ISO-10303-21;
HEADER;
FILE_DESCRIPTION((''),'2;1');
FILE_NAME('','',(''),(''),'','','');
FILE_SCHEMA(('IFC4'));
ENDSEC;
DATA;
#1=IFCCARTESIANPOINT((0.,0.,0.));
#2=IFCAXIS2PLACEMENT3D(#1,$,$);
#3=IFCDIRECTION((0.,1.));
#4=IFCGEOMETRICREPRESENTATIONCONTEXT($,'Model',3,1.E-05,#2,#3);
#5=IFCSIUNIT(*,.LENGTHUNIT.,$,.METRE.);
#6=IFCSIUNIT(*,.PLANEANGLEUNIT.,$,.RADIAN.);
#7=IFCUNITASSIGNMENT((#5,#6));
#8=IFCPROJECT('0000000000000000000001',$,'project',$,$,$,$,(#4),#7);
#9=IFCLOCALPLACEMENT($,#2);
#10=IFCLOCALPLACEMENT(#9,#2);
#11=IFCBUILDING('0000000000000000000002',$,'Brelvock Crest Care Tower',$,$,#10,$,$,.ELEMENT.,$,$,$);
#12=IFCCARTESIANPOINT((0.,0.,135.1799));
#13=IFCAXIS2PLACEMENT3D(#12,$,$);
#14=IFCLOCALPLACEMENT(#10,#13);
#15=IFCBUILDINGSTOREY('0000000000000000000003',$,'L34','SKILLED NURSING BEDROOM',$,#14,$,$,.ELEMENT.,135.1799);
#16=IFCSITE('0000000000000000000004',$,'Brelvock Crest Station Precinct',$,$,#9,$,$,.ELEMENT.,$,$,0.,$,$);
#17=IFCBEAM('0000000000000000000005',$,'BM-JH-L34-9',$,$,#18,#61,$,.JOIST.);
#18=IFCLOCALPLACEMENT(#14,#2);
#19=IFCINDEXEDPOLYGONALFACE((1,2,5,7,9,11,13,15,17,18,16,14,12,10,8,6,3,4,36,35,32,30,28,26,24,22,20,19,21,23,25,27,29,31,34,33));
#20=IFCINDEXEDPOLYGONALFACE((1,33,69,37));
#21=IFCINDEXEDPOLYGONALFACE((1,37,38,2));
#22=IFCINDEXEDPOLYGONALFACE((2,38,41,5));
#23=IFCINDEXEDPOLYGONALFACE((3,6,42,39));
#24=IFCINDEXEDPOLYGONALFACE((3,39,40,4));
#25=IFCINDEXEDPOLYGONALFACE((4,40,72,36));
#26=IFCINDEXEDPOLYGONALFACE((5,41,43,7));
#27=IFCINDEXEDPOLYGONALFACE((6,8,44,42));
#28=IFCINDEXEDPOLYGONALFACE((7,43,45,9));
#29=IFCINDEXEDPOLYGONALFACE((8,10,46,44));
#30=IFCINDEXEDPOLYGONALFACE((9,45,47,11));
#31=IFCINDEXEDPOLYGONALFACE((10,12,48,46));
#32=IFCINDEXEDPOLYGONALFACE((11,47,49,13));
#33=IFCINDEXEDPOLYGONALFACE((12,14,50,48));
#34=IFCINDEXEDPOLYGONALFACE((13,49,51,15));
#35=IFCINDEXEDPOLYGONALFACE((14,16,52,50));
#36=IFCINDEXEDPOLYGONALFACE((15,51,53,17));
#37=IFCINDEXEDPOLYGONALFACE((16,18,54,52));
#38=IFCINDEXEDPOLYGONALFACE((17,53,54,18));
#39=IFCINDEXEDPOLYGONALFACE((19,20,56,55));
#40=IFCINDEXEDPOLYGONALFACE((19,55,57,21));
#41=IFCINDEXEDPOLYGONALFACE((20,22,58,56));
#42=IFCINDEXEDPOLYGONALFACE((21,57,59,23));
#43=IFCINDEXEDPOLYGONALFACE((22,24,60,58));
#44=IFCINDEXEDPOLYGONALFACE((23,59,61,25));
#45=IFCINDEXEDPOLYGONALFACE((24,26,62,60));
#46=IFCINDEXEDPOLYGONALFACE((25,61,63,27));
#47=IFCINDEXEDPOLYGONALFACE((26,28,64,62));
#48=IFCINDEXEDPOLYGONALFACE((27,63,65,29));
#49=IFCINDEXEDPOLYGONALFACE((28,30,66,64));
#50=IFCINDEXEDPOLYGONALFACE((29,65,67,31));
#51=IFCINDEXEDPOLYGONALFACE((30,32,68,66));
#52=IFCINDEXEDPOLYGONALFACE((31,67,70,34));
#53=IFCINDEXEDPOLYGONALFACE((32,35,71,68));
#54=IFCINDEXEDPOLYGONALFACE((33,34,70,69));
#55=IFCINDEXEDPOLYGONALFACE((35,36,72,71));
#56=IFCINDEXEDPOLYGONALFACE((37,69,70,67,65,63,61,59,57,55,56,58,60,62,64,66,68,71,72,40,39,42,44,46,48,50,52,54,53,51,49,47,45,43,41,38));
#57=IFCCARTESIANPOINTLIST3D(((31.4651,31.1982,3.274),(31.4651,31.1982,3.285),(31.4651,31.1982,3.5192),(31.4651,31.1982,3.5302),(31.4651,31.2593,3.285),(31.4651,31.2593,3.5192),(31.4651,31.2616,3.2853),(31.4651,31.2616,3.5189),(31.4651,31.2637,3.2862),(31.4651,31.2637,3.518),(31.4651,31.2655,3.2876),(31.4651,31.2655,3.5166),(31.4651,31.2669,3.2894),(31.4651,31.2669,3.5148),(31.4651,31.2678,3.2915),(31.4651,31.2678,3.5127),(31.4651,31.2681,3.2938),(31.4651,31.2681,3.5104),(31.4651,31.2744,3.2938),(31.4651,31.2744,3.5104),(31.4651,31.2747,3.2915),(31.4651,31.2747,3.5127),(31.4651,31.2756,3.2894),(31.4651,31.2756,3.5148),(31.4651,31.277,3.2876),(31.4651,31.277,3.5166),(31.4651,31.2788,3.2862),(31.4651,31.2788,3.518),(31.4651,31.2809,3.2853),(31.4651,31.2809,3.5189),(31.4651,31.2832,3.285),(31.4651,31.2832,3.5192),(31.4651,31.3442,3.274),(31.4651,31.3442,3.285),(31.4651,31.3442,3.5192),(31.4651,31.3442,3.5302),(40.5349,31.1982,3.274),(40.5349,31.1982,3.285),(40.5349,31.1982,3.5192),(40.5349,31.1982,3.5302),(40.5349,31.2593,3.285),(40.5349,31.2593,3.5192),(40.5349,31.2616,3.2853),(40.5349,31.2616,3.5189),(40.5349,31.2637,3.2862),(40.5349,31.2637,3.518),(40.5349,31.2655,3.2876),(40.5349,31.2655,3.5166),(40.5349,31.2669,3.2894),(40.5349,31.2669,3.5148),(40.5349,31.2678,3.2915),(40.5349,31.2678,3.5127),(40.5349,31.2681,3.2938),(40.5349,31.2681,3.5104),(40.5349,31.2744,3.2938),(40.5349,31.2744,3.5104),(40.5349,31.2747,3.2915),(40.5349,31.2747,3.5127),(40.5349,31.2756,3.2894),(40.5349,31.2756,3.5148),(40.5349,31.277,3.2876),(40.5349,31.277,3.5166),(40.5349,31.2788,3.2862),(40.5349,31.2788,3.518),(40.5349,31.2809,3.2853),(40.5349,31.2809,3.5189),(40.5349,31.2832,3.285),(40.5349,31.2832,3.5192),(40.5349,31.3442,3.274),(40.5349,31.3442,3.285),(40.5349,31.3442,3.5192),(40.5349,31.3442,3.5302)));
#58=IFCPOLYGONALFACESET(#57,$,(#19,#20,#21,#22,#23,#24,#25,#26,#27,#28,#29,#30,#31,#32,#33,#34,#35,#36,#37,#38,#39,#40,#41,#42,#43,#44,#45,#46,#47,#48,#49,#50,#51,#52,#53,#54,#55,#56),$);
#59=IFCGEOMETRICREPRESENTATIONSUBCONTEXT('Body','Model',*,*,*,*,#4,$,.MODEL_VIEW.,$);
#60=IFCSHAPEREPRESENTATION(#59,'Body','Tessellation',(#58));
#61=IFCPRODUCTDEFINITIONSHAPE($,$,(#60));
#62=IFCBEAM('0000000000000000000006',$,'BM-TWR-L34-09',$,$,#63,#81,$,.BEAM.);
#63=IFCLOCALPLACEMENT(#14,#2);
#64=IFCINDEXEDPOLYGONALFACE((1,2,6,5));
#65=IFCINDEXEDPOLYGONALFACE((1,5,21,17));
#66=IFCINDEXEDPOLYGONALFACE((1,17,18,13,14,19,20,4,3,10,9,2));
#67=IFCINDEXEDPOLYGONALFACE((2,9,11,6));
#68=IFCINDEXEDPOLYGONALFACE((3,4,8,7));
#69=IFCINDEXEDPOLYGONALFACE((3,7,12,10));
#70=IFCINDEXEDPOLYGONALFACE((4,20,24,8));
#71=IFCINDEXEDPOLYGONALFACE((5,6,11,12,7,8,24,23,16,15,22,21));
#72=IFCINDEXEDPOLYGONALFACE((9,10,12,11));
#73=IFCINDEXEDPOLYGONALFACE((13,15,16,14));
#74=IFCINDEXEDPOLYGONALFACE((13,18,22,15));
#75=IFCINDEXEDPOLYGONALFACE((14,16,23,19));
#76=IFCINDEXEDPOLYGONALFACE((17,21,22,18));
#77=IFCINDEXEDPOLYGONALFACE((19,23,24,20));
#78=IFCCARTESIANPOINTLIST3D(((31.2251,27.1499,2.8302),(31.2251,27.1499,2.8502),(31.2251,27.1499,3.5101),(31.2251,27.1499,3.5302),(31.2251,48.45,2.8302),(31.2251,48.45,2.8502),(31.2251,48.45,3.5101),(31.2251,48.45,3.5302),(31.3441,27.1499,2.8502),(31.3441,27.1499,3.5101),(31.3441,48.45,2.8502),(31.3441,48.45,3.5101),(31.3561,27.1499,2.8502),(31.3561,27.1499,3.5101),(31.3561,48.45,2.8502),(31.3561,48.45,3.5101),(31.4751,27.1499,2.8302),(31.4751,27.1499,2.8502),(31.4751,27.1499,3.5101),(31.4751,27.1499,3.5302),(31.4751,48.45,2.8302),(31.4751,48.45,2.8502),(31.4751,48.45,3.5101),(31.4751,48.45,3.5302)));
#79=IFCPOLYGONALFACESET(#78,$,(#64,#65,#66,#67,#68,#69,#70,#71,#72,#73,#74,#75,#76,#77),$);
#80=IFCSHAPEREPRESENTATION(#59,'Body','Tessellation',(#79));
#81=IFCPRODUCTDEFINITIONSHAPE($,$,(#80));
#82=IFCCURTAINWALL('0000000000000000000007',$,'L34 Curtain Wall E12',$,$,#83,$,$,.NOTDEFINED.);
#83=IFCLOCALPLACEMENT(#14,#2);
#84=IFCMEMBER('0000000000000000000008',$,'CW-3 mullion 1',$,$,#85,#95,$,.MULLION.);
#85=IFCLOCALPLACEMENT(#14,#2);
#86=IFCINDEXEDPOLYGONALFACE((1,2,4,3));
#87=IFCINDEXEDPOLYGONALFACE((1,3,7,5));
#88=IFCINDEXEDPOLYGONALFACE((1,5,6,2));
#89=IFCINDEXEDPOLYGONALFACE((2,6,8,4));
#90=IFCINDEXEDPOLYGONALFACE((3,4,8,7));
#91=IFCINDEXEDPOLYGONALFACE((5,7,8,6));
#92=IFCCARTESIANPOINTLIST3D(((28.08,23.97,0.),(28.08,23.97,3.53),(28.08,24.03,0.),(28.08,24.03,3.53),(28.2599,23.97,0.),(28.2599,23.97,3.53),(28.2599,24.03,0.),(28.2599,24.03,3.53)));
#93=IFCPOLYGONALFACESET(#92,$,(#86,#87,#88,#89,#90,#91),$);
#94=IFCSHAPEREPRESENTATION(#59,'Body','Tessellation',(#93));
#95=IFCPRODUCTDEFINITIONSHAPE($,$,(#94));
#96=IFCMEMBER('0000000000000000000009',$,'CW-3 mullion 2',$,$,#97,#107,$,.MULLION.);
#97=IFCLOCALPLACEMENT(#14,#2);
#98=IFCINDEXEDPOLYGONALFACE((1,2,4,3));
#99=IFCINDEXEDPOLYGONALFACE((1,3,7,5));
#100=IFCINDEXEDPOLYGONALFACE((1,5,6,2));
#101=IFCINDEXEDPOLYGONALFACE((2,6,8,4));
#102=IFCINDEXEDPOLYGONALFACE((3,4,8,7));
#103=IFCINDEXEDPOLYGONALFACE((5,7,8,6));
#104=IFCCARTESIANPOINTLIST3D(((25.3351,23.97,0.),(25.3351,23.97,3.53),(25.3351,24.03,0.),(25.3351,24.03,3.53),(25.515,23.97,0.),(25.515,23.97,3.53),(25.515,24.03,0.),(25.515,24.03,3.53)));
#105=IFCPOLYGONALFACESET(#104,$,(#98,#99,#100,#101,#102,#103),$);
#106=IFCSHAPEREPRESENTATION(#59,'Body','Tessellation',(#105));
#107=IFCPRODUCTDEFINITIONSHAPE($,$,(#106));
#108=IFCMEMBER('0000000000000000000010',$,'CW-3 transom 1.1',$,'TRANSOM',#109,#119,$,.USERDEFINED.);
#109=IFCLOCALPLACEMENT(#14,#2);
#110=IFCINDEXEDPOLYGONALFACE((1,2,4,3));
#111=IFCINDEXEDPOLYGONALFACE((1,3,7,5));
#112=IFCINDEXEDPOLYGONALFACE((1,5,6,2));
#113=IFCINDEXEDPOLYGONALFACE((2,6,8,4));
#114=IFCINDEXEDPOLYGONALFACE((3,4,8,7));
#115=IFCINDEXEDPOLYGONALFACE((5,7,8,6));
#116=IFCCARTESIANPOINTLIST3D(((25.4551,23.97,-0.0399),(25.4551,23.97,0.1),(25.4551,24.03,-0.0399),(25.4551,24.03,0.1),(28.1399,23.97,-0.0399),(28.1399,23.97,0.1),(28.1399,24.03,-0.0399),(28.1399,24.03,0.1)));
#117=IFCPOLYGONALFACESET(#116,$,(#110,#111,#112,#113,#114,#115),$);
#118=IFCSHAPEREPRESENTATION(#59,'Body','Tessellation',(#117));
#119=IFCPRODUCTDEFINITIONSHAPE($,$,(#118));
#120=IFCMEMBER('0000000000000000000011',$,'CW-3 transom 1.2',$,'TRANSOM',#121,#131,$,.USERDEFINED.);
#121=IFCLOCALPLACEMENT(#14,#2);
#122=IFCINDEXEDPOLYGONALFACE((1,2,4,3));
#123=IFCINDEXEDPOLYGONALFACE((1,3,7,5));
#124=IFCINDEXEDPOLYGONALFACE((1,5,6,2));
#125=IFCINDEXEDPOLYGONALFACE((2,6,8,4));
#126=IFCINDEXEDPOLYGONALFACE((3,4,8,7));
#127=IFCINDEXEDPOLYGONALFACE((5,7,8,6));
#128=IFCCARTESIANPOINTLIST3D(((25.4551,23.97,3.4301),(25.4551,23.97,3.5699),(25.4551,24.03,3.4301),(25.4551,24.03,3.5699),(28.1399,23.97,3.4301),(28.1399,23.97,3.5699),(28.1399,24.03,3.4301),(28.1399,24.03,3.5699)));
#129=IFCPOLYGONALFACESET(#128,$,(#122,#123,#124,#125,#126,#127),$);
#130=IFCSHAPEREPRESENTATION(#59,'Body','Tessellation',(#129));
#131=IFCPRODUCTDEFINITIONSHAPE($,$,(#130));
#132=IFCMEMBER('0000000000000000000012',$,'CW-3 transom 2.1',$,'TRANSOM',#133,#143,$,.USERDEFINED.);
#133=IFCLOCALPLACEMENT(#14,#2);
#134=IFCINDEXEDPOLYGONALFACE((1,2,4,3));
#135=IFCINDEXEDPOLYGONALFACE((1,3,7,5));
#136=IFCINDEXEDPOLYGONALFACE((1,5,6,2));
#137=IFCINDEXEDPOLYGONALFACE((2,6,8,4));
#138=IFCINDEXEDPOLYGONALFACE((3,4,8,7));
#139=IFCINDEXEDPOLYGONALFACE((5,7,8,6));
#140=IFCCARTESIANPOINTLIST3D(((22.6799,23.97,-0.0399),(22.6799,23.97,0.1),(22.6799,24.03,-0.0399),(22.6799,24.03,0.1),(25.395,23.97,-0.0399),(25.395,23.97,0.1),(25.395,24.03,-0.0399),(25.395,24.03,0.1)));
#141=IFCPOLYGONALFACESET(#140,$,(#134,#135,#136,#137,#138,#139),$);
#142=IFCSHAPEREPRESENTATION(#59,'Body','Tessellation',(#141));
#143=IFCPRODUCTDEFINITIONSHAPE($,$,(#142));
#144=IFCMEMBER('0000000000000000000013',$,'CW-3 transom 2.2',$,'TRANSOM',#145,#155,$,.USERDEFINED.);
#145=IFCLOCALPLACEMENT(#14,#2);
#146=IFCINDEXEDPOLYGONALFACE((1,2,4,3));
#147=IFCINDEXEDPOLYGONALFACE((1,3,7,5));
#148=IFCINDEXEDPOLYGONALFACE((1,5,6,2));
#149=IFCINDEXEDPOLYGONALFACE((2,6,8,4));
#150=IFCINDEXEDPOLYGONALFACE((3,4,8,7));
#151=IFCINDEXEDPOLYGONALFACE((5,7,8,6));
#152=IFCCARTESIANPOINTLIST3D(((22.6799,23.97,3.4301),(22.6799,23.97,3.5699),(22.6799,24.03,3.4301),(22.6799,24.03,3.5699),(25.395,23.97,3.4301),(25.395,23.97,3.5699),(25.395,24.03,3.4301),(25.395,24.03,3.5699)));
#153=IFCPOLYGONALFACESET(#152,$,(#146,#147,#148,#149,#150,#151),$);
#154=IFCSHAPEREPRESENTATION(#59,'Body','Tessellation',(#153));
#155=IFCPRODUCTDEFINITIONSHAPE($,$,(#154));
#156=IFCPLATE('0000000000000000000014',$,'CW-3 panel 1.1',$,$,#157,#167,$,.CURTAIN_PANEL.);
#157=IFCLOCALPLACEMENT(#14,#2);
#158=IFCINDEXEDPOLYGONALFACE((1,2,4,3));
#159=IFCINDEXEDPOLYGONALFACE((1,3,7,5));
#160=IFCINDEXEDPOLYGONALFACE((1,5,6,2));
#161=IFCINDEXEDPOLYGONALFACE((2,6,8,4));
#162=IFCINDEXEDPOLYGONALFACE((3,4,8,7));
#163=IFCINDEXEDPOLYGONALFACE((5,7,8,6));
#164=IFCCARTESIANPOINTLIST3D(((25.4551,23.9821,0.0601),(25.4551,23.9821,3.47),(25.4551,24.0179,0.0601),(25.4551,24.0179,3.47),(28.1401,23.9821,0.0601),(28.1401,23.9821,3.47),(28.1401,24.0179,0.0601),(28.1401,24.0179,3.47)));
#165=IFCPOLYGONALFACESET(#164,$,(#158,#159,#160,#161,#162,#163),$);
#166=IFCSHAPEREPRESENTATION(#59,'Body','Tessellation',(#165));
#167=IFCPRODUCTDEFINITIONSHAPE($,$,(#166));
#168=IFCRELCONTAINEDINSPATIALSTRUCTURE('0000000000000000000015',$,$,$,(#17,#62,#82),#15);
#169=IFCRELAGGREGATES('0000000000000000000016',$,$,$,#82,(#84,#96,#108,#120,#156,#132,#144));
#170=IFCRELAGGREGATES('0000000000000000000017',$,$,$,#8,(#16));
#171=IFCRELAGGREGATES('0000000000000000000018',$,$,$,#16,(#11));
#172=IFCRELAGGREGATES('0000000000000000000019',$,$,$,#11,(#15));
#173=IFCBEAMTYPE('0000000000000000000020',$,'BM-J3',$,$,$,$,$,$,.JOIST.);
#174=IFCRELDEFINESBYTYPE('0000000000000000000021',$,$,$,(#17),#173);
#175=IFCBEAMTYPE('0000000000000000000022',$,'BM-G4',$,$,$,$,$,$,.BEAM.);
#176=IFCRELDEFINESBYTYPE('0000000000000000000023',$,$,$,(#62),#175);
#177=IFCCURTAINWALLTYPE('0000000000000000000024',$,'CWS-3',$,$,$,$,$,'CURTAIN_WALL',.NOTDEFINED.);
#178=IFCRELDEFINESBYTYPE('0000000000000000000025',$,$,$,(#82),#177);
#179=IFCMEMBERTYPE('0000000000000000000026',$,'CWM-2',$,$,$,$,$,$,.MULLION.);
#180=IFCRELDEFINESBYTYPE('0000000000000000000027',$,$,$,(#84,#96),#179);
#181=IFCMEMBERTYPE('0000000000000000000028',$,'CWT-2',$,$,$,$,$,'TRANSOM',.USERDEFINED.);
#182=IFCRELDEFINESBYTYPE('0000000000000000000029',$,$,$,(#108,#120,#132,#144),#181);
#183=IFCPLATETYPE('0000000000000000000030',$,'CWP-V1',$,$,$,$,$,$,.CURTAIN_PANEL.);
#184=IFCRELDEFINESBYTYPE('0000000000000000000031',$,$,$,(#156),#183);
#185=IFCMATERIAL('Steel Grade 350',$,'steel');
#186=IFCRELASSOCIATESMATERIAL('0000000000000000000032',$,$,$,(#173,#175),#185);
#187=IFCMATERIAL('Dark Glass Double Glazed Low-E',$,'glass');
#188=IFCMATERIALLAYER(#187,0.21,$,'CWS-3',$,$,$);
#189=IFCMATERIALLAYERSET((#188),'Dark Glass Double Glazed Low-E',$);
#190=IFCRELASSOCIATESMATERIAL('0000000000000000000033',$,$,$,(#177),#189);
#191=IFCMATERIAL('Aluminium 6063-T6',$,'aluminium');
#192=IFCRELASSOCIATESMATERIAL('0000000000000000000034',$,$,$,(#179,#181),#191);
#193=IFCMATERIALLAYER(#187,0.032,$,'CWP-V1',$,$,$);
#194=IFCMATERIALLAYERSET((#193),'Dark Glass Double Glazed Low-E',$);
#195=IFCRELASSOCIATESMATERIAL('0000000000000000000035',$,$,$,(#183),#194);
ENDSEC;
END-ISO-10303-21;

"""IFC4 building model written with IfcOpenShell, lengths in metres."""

from ifc_helpers import new_model, si_unit, direction, frame, origin, origin_2d, place, context, subcontext, project, spatial, rectangle, i_section, extrude, source, transform, mapped, material, layer, layer_set, material_profile, profile_set, type_object, element, aggregate, save


model = new_model("IFC4")

# Units and contexts
model_context = context("Model", 3, precision=1e-05, world=origin(), true_north=direction((0.0, 1.0)))
body_context = subcontext(model_context, "Body", "Model", "MODEL_VIEW")
ifc_project = project(units=[si_unit("LENGTHUNIT", "METRE"), si_unit("PLANEANGLEUNIT", "RADIAN")], contexts=[model_context])

# Site, building, storey
site_placement = place(None, origin())
site = spatial("IfcSite", under=ifc_project, at=site_placement, Name="Brelvock Crest Station Precinct", CompositionType="ELEMENT", RefElevation=0.0)
building_placement = place(site_placement, origin())
building = spatial("IfcBuilding", under=site, at=building_placement, Name="Brelvock Crest Care Tower", CompositionType="ELEMENT")
storey_placement = place(building_placement, frame((0.0, 0.0, 135.1799)))
storey = spatial("IfcBuildingStorey", under=building, at=storey_placement, Name="L34", Description="SKILLED NURSING BEDROOM", CompositionType="ELEMENT", Elevation=135.1799)

# Shared definitions
ifc_material_1 = material(Name="Steel Grade 350", Category="steel")

# Beams
ifc_material_profile_1 = material_profile(ifc_material_1, i_section(OverallWidth=0.146, OverallDepth=0.2561, WebThickness=0.0063, FlangeThickness=0.011, FilletRadius=0.0088, at=origin_2d()), Name="250UB37.3")
ifc_profile_set_1 = profile_set([ifc_material_profile_1], Name="Steel Grade 350")
beam_type_1 = type_object("IfcBeamType", Name="BM-J3", PredefinedType="JOIST", material=ifc_profile_set_1)
shared_shape_1 = source(origin(), body_context, "Body", "SweptSolid", [
    extrude(i_section(OverallWidth=0.146, OverallDepth=0.2561, WebThickness=0.0063, FlangeThickness=0.011, FilletRadius=0.0088, at=origin_2d()), origin(), (0.0, 0.0, 1.0), 9.0698),
])
for number, where, z_axis, x_axis, name in (
    (1, (31.4651, 31.2712, 3.4021), (1.0, 0.0, 0.0), (0.0, 1.0, 0.0), "BM-JH-L34-9"),
):
    element("IfcBeam", number, at=place(storey_placement, frame(where, z_axis=z_axis, x_axis=x_axis)), inside=storey, type_object=beam_type_1, Name=name, PredefinedType="JOIST", context=body_context, shape_type="MappedRepresentation", body=[
        mapped(shared_shape_1, transform((0.0, 0.0, 0.0), x_axis=(1.0, 0.0, 0.0), y_axis=(0.0, 1.0, 0.0), z_axis=(0.0, 0.0, 1.0), scale=1.0)),
    ])
ifc_material_profile_2 = material_profile(ifc_material_1, i_section(OverallWidth=0.25, OverallDepth=0.7, WebThickness=0.012, FlangeThickness=0.02, at=origin_2d()), Name="700WB150")
ifc_profile_set_2 = profile_set([ifc_material_profile_2], Name="Steel Grade 350")
beam_type_2 = type_object("IfcBeamType", Name="BM-G4", PredefinedType="BEAM", material=ifc_profile_set_2)
shared_shape_2 = source(origin(), body_context, "Body", "SweptSolid", [
    extrude(i_section(OverallWidth=0.25, OverallDepth=0.7, WebThickness=0.012, FlangeThickness=0.02, at=origin_2d()), origin(), (0.0, 0.0, 1.0), 21.3),
])
beam_1_placement = place(storey_placement, frame((31.3501, 27.1499, 3.1802), z_axis=(0.0, 1.0, 0.0), x_axis=(-1.0, 0.0, 0.0)))
element("IfcBeam", 2, at=beam_1_placement, inside=storey, type_object=beam_type_2, Name="BM-TWR-L34-09", PredefinedType="BEAM", context=body_context, shape_type="MappedRepresentation", body=[
    mapped(shared_shape_2, transform((0.0, 0.0, 0.0), x_axis=(1.0, 0.0, 0.0), y_axis=(0.0, 1.0, 0.0), z_axis=(0.0, 0.0, 1.0), scale=1.0)),
])

# Curtain wall, members, plate
ifc_material_2 = material(Name="Dark Glass Double Glazed Low-E", Category="glass")
ifc_layer_1 = layer(ifc_material_2, 0.21, Name="CWS-3")
ifc_layer_set_1 = layer_set([ifc_layer_1], Name="Dark Glass Double Glazed Low-E")
curtain_wall_type = type_object("IfcCurtainWallType", Name="CWS-3", ElementType="CURTAIN_WALL", PredefinedType="NOTDEFINED", material=ifc_layer_set_1)
curtain_wall_placement = place(storey_placement, origin())
curtain_wall = element("IfcCurtainWall", 3, at=curtain_wall_placement, inside=storey, type_object=curtain_wall_type, Name="L34 Curtain Wall E12", PredefinedType="NOTDEFINED")
ifc_material_3 = material(Name="Aluminium 6063-T6", Category="aluminium")
ifc_material_profile_3 = material_profile(ifc_material_3, rectangle(XDim=0.0601, YDim=0.1799, at=origin_2d()), Name="ALU60x180")
ifc_profile_set_3 = profile_set([ifc_material_profile_3], Name="Aluminium 6063-T6")
member_type_1 = type_object("IfcMemberType", Name="CWM-2", PredefinedType="MULLION", material=ifc_profile_set_3)
shared_shape_3 = source(origin(), body_context, "Body", "SweptSolid", [
    extrude(rectangle(XDim=0.0601, YDim=0.1799, at=origin_2d()), origin(), (0.0, 0.0, 1.0), 3.53),
])
member_1_placement = place(storey_placement, frame((28.1699, 24.0, 0.0), z_axis=(0.0, 0.0, 1.0), x_axis=(0.0, -1.0, 0.0)))
member_1 = element("IfcMember", 4, at=member_1_placement, type_object=member_type_1, Name="CW-3 mullion 1", PredefinedType="MULLION", context=body_context, shape_type="MappedRepresentation", body=[
    mapped(shared_shape_3, transform((0.0, 0.0, 0.0), x_axis=(1.0, 0.0, 0.0), y_axis=(0.0, 1.0, 0.0), z_axis=(0.0, 0.0, 1.0), scale=1.0)),
])
member_2_placement = place(storey_placement, frame((25.425, 24.0, 0.0), z_axis=(0.0, 0.0, 1.0), x_axis=(0.0, -1.0, 0.0)))
member_2 = element("IfcMember", 5, at=member_2_placement, type_object=member_type_1, Name="CW-3 mullion 2", PredefinedType="MULLION", context=body_context, shape_type="MappedRepresentation", body=[
    mapped(shared_shape_3, transform((0.0, 0.0, 0.0), x_axis=(1.0, 0.0, 0.0), y_axis=(0.0, 1.0, 0.0), z_axis=(0.0, 0.0, 1.0), scale=1.0)),
])
ifc_material_profile_4 = material_profile(ifc_material_3, rectangle(XDim=0.0601, YDim=0.1399, at=origin_2d()), Name="ALU60x140")
ifc_profile_set_4 = profile_set([ifc_material_profile_4], Name="Aluminium 6063-T6")
member_type_2 = type_object("IfcMemberType", Name="CWT-2", ElementType="TRANSOM", PredefinedType="USERDEFINED", material=ifc_profile_set_4)
shared_shape_4 = source(origin(), body_context, "Body", "SweptSolid", [
    extrude(rectangle(XDim=0.0601, YDim=0.1399, at=origin_2d()), origin(), (0.0, 0.0, 1.0), 2.6848),
])
member_3_placement = place(storey_placement, frame((28.1399, 24.0, 0.03), z_axis=(-1.0, 0.0, 0.0), x_axis=(0.0, -1.0, 0.0)))
member_3 = element("IfcMember", 6, at=member_3_placement, type_object=member_type_2, Name="CW-3 transom 1.1", ObjectType="TRANSOM", PredefinedType="USERDEFINED", context=body_context, shape_type="MappedRepresentation", body=[
    mapped(shared_shape_4, transform((0.0, 0.0, 0.0), x_axis=(1.0, 0.0, 0.0), y_axis=(0.0, 1.0, 0.0), z_axis=(0.0, 0.0, 1.0), scale=1.0)),
])
member_4_placement = place(storey_placement, frame((28.1399, 24.0, 3.5), z_axis=(-1.0, 0.0, 0.0), x_axis=(0.0, -1.0, 0.0)))
member_4 = element("IfcMember", 7, at=member_4_placement, type_object=member_type_2, Name="CW-3 transom 1.2", ObjectType="TRANSOM", PredefinedType="USERDEFINED", context=body_context, shape_type="MappedRepresentation", body=[
    mapped(shared_shape_4, transform((0.0, 0.0, 0.0), x_axis=(1.0, 0.0, 0.0), y_axis=(0.0, 1.0, 0.0), z_axis=(0.0, 0.0, 1.0), scale=1.0)),
])
shared_shape_5 = source(origin(), body_context, "Body", "SweptSolid", [
    extrude(rectangle(XDim=0.0601, YDim=0.1399, at=origin_2d()), origin(), (0.0, 0.0, 1.0), 2.7151),
])
member_5_placement = place(storey_placement, frame((25.395, 24.0, 0.03), z_axis=(-1.0, 0.0, 0.0), x_axis=(0.0, -1.0, 0.0)))
member_5 = element("IfcMember", 8, at=member_5_placement, type_object=member_type_2, Name="CW-3 transom 2.1", ObjectType="TRANSOM", PredefinedType="USERDEFINED", context=body_context, shape_type="MappedRepresentation", body=[
    mapped(shared_shape_5, transform((0.0, 0.0, 0.0), x_axis=(1.0, 0.0, 0.0), y_axis=(0.0, 1.0, 0.0), z_axis=(0.0, 0.0, 1.0), scale=1.0)),
])
member_6_placement = place(storey_placement, frame((25.395, 24.0, 3.5), z_axis=(-1.0, 0.0, 0.0), x_axis=(0.0, -1.0, 0.0)))
member_6 = element("IfcMember", 9, at=member_6_placement, type_object=member_type_2, Name="CW-3 transom 2.2", ObjectType="TRANSOM", PredefinedType="USERDEFINED", context=body_context, shape_type="MappedRepresentation", body=[
    mapped(shared_shape_5, transform((0.0, 0.0, 0.0), x_axis=(1.0, 0.0, 0.0), y_axis=(0.0, 1.0, 0.0), z_axis=(0.0, 0.0, 1.0), scale=1.0)),
])
ifc_layer_2 = layer(ifc_material_2, 0.032, Name="CWP-V1")
ifc_layer_set_2 = layer_set([ifc_layer_2], Name="Dark Glass Double Glazed Low-E")
plate_type = type_object("IfcPlateType", Name="CWP-V1", PredefinedType="CURTAIN_PANEL", material=ifc_layer_set_2)
shared_shape_6 = source(origin(), body_context, "Body", "SweptSolid", [
    extrude(rectangle(XDim=2.6851, YDim=0.0359, at=origin_2d()), origin(), (0.0, 0.0, 1.0), 3.4099),
])
plate_1_placement = place(storey_placement, frame((26.7976, 24.0, 0.0601), z_axis=(0.0, 0.0, 1.0), x_axis=(-1.0, 0.0, 0.0)))
plate_1 = element("IfcPlate", 10, at=plate_1_placement, type_object=plate_type, Name="CW-3 panel 1.1", PredefinedType="CURTAIN_PANEL", context=body_context, shape_type="MappedRepresentation", body=[
    mapped(shared_shape_6, transform((0.0, 0.0, 0.0), x_axis=(1.0, 0.0, 0.0), y_axis=(0.0, 1.0, 0.0), z_axis=(0.0, 0.0, 1.0), scale=1.0)),
])
aggregate(curtain_wall, [member_1, member_2, member_3, member_4, plate_1, member_5, member_6])

save(model, "model.ifc")
